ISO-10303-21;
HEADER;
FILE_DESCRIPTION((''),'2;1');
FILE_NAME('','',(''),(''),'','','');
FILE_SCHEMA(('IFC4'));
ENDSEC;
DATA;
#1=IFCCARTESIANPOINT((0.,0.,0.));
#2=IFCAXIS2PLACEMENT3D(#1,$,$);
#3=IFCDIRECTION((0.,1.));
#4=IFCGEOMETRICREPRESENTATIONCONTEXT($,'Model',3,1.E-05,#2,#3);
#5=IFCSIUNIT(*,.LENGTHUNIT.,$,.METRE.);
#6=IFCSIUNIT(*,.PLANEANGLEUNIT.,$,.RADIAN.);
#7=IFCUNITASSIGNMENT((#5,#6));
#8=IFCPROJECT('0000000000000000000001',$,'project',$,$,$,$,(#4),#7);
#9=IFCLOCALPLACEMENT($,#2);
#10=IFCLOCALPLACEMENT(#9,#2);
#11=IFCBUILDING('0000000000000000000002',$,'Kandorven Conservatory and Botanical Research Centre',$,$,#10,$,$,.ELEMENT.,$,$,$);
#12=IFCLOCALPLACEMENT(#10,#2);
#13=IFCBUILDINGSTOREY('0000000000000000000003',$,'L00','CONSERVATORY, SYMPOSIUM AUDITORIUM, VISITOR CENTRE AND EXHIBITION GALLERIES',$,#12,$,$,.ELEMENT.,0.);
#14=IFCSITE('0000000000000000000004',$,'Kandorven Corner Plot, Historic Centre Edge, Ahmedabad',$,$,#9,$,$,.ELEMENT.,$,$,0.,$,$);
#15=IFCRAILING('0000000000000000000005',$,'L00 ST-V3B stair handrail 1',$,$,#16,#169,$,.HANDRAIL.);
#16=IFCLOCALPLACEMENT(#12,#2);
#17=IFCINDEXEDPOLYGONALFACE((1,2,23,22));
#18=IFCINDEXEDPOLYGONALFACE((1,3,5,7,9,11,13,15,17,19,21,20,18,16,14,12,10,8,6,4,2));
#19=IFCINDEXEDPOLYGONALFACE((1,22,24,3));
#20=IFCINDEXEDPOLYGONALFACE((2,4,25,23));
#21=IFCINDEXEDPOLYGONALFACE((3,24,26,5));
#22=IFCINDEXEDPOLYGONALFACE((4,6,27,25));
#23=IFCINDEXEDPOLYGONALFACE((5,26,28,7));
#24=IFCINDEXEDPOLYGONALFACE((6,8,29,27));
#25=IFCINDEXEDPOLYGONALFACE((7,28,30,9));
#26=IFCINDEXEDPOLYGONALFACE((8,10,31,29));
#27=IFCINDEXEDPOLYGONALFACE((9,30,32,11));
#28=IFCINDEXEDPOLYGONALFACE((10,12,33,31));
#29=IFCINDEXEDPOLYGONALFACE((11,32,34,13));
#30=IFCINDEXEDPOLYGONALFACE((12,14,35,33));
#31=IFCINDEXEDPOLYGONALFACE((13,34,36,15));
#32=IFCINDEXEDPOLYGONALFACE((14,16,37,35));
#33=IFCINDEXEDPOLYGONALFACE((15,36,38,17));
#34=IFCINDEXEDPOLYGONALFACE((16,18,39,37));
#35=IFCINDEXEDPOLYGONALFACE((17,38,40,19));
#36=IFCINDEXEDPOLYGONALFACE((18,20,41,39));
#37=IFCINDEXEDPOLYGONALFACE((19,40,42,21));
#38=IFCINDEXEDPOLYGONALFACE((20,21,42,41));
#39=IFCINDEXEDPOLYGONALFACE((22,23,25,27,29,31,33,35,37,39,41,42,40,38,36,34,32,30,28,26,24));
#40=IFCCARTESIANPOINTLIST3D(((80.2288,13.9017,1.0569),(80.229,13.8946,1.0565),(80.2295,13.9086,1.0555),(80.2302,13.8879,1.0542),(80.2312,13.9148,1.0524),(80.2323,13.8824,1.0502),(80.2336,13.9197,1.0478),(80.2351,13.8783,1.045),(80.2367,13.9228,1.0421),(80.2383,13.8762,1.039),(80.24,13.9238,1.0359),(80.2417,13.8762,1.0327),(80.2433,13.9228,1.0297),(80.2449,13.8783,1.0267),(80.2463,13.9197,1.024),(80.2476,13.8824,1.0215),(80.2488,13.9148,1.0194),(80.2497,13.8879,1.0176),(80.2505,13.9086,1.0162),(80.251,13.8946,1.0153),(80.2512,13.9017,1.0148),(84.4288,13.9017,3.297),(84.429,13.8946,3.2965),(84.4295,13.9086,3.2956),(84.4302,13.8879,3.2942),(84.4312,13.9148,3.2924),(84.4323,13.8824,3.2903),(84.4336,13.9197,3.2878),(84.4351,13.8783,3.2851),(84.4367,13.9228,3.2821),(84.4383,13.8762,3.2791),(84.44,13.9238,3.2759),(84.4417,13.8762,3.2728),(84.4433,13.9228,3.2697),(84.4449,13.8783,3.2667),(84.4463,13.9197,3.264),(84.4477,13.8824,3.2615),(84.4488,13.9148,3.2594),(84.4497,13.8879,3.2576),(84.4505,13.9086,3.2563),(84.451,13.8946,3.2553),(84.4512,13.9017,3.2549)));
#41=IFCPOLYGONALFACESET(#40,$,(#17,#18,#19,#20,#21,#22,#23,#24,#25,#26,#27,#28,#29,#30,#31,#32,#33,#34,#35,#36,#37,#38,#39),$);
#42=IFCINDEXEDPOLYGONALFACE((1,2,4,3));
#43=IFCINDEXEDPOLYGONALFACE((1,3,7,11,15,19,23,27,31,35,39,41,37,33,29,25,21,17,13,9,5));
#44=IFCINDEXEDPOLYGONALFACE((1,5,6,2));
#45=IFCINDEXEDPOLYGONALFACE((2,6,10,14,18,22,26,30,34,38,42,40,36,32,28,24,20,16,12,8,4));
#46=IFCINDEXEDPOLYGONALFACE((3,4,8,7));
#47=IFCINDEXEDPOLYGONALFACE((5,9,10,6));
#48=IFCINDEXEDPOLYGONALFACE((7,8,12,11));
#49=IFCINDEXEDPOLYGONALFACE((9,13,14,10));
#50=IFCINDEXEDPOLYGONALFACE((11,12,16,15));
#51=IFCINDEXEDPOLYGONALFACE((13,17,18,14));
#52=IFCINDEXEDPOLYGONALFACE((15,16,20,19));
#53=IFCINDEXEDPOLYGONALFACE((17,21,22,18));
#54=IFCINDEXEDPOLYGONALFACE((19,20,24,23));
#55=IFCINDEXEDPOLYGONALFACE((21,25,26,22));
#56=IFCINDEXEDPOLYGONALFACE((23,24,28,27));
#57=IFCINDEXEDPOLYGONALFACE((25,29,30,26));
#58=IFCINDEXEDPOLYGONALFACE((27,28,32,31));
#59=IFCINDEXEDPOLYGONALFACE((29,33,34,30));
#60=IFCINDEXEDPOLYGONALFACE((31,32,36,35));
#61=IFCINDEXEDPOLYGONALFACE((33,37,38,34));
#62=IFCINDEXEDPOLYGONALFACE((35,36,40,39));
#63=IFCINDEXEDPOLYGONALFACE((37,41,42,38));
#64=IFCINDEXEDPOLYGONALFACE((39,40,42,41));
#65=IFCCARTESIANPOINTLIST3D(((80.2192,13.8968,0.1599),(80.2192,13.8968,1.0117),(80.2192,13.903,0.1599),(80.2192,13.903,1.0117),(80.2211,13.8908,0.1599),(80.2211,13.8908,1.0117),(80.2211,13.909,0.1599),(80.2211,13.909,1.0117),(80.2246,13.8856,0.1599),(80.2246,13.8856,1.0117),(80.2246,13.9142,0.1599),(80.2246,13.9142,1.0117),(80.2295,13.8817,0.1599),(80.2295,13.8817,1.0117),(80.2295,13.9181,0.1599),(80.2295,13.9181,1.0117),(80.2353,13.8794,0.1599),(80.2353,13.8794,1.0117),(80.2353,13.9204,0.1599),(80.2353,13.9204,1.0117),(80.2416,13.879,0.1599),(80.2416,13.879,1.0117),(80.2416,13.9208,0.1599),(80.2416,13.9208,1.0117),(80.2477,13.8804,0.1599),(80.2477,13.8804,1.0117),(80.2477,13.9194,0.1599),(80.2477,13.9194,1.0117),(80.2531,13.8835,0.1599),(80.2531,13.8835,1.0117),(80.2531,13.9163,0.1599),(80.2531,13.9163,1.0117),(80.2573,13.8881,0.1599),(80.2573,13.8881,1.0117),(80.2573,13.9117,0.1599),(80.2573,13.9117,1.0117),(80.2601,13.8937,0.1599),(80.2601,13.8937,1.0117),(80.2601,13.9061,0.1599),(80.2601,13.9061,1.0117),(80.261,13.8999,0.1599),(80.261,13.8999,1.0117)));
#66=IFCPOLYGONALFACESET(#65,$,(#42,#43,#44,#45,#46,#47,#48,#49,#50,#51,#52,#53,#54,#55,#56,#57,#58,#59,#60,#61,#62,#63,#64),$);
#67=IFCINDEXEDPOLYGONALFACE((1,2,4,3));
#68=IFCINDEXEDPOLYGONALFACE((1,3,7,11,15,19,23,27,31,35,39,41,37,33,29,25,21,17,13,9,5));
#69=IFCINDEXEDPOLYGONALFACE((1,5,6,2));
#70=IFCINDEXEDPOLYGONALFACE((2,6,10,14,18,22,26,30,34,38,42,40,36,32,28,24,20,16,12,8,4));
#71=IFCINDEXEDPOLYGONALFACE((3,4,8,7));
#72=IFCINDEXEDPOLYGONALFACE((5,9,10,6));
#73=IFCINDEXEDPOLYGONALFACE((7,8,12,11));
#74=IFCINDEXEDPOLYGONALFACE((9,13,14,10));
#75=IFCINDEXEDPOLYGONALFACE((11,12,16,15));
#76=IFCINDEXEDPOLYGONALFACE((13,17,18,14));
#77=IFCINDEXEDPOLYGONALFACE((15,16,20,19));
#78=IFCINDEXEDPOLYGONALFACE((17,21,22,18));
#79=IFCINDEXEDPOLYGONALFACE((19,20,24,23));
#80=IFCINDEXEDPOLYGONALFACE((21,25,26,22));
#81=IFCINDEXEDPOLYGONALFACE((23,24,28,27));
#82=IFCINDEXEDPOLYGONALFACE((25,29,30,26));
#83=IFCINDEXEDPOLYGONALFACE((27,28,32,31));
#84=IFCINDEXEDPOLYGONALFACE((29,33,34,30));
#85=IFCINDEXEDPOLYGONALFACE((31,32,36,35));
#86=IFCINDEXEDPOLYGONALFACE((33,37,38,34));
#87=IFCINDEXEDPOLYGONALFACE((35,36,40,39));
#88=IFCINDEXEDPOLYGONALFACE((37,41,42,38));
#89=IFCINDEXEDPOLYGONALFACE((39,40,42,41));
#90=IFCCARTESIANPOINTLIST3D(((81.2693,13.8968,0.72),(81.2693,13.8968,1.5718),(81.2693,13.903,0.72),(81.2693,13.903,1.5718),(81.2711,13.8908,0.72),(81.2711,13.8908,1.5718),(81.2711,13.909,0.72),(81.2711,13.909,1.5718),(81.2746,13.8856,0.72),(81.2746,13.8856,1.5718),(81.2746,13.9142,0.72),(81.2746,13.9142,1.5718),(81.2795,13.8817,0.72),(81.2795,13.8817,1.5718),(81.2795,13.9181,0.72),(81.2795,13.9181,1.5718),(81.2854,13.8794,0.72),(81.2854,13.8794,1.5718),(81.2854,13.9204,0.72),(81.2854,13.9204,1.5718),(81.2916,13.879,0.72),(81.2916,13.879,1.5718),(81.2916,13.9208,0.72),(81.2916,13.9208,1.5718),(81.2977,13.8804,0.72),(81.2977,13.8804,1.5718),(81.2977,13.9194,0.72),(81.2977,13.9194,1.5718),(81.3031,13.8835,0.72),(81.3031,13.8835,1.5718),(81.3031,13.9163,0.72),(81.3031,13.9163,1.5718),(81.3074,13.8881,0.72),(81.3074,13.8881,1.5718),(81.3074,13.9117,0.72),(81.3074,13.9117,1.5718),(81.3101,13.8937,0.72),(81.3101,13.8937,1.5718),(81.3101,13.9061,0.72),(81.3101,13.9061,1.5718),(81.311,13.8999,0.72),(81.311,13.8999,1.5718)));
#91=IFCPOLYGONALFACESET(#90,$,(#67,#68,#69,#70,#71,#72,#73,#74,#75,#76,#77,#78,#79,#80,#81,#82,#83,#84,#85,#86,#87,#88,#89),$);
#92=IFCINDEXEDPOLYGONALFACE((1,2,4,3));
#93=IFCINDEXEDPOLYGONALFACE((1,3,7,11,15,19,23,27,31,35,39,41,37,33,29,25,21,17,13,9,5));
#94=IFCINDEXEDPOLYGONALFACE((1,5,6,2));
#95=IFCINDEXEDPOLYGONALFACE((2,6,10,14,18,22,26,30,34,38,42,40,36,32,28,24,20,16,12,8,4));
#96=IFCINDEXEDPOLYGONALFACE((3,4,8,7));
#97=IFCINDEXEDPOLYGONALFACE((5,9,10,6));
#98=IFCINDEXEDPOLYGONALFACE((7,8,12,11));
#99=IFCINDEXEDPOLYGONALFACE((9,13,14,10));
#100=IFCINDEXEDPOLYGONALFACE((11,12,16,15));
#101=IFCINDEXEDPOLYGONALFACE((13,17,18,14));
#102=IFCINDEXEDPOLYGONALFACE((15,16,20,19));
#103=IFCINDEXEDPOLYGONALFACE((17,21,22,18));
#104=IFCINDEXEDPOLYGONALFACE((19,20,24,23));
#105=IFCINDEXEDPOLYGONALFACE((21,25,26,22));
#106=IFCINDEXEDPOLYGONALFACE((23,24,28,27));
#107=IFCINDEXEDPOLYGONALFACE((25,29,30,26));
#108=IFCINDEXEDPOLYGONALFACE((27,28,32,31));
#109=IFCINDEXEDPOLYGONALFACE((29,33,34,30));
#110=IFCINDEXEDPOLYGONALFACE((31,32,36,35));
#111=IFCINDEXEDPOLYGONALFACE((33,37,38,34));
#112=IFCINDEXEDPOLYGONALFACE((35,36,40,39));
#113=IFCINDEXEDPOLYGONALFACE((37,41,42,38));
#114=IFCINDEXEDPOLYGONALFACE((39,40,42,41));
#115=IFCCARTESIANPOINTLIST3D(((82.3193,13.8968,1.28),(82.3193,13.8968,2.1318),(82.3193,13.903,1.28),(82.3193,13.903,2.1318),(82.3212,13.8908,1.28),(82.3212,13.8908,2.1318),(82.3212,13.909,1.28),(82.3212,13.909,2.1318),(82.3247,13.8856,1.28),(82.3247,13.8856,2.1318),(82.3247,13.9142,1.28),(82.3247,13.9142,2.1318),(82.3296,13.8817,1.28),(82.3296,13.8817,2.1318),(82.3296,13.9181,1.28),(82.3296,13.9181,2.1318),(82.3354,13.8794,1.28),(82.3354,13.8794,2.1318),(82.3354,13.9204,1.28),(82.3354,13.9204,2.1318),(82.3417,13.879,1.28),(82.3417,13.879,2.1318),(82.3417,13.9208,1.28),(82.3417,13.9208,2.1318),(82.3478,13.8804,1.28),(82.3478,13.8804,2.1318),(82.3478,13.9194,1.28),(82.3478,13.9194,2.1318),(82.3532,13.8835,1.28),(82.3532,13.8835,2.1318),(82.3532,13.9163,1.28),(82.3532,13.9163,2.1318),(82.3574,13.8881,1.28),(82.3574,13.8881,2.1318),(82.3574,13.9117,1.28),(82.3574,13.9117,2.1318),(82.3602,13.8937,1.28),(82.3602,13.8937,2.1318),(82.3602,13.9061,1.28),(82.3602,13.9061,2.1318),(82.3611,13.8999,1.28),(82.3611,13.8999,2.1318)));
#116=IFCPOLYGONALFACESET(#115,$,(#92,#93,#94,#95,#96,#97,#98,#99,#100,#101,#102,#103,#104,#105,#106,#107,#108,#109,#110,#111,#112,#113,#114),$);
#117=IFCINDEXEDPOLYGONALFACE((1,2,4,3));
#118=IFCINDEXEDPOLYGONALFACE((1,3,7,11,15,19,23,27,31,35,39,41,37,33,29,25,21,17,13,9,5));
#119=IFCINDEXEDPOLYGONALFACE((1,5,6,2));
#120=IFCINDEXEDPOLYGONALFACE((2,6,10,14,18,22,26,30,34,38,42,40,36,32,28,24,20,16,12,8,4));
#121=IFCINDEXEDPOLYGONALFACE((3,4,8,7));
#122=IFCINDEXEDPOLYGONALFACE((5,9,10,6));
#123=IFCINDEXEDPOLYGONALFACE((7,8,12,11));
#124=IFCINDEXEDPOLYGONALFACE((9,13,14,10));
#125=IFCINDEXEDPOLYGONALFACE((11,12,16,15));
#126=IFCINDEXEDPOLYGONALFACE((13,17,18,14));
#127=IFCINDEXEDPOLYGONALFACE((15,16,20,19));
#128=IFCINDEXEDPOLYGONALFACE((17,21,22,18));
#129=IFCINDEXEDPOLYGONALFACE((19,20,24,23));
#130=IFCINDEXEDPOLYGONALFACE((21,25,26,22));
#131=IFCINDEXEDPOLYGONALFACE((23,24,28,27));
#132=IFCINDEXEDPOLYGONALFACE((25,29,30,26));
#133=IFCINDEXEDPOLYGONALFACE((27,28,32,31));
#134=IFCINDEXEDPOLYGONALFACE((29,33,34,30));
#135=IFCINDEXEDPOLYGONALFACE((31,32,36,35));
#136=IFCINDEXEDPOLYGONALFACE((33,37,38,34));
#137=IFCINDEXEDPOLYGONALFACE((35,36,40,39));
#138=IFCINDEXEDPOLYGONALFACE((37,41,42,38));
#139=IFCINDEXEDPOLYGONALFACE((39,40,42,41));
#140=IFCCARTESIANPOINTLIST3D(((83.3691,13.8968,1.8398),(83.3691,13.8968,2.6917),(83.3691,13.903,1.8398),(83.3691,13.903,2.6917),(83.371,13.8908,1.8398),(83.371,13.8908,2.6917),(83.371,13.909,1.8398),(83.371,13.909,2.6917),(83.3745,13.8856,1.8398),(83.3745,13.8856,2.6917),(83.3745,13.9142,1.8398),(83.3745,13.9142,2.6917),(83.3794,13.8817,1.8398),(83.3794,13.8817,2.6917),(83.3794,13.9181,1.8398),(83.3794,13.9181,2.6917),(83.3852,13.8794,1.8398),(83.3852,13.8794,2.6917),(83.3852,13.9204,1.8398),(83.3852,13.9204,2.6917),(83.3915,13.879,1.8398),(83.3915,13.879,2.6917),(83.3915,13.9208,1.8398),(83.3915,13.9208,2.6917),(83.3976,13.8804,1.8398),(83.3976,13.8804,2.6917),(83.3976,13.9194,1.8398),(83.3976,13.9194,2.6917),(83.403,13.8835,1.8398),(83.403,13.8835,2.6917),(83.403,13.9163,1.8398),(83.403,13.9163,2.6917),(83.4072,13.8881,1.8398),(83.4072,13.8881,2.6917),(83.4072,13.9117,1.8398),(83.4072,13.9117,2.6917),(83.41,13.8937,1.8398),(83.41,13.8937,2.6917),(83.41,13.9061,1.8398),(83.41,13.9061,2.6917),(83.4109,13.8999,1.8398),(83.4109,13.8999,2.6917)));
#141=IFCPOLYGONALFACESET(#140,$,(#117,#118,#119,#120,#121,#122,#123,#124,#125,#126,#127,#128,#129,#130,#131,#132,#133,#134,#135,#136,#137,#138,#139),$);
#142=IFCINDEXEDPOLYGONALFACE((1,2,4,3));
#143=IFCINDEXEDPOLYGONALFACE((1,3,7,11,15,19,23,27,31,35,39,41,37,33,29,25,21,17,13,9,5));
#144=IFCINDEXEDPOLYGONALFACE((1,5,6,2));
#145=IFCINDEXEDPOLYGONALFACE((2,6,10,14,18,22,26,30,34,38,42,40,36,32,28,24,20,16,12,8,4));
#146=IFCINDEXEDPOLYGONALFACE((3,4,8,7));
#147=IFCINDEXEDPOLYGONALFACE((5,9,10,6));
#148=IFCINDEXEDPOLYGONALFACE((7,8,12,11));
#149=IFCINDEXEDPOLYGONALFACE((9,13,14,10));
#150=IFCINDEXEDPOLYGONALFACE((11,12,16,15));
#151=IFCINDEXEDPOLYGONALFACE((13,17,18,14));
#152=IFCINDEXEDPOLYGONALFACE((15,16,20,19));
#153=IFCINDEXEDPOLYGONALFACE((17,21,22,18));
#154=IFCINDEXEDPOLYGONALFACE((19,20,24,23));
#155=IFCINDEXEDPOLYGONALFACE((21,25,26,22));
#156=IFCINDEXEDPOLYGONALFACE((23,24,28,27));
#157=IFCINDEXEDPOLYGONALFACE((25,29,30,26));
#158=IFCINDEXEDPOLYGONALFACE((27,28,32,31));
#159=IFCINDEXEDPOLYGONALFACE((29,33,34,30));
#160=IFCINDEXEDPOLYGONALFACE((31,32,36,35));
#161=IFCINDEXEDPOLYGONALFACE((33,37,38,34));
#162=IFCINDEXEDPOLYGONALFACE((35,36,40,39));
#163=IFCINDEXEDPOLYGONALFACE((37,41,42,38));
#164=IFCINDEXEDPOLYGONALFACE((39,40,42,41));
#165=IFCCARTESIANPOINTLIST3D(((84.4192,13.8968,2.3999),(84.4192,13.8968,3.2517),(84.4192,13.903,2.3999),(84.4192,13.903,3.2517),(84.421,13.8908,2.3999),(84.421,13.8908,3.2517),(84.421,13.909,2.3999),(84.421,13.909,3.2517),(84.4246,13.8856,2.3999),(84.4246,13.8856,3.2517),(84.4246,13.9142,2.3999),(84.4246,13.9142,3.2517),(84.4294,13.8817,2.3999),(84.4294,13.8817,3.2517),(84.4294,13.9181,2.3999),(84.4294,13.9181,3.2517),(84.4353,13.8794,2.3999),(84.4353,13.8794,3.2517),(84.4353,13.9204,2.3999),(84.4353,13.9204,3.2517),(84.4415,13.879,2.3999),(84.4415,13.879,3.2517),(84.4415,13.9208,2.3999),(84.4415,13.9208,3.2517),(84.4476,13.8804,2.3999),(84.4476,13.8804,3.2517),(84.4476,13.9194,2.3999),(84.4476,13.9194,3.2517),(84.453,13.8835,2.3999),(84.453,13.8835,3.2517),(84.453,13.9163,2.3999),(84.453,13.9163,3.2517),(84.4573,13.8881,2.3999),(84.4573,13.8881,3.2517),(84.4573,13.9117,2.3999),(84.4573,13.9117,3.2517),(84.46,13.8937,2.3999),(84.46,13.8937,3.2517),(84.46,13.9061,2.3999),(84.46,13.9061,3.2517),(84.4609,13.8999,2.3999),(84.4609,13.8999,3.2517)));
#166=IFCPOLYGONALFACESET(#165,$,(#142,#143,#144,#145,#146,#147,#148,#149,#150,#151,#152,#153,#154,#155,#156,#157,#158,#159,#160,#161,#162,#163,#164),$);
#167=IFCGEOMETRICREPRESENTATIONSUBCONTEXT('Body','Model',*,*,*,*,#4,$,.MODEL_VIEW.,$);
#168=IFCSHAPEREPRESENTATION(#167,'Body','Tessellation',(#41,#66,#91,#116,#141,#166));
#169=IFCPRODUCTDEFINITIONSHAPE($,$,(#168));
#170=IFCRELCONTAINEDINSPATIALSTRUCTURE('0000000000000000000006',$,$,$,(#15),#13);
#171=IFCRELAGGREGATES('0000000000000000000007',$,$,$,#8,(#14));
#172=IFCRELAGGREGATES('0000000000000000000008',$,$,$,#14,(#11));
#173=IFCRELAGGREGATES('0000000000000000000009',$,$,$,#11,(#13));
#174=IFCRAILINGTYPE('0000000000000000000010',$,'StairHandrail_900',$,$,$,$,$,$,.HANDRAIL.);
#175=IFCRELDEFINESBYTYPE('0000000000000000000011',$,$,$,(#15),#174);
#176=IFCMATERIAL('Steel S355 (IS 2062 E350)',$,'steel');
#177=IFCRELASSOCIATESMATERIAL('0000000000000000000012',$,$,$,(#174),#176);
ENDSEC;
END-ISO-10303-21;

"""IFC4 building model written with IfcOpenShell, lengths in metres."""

from ifc_helpers import new_model, si_unit, direction, frame, origin, origin_2d, place, context, subcontext, project, spatial, circle, extrude, material, type_object, element, save


model = new_model("IFC4")

# Units and contexts
model_context = context("Model", 3, precision=1e-05, world=origin(), true_north=direction((0.0, 1.0)))
body_context = subcontext(model_context, "Body", "Model", "MODEL_VIEW")
ifc_project = project(units=[si_unit("LENGTHUNIT", "METRE"), si_unit("PLANEANGLEUNIT", "RADIAN")], contexts=[model_context])

# Site, building, storey
site_placement = place(None, origin())
site = spatial("IfcSite", under=ifc_project, at=site_placement, Name="Kandorven Corner Plot, Historic Centre Edge, Ahmedabad", CompositionType="ELEMENT", RefElevation=0.0)
building_placement = place(site_placement, origin())
building = spatial("IfcBuilding", under=site, at=building_placement, Name="Kandorven Conservatory and Botanical Research Centre", CompositionType="ELEMENT")
storey_placement = place(building_placement, origin())
storey = spatial("IfcBuildingStorey", under=building, at=storey_placement, Name="L00", Description="CONSERVATORY, SYMPOSIUM AUDITORIUM, VISITOR CENTRE AND EXHIBITION GALLERIES", CompositionType="ELEMENT", Elevation=0.0)

# Railing
ifc_material_1 = material(Name="Steel S355 (IS 2062 E350)", Category="steel")
railing_type_1 = type_object("IfcRailingType", Name="StairHandrail_900", PredefinedType="HANDRAIL", material=ifc_material_1)
railing_1_placement = place(storey_placement, frame((80.24, 13.8999, 0.1599)))
element("IfcRailing", 1, at=railing_1_placement, inside=storey, type_object=railing_type_1, Name="L00 ST-V3B stair handrail 1", PredefinedType="HANDRAIL", context=body_context, shape_type="SweptSolid", body=[
    extrude(circle(Radius=0.0239, at=origin_2d()), frame((0.0, 0.0, 0.876), z_axis=(0.882352, 0.0, 0.470591), x_axis=(0.0, 1.0, 0.0)), (0.0, 0.0, 1.0), 4.76),
    extrude(circle(Radius=0.021, at=origin_2d()), origin(), (0.0, 0.0, 1.0), 0.8518),
    extrude(circle(Radius=0.021, at=origin_2d()), frame((1.05, 0.0, 0.5601)), (0.0, 0.0, 1.0), 0.8518),
    extrude(circle(Radius=0.021, at=origin_2d()), frame((2.1001, 0.0, 1.1201)), (0.0, 0.0, 1.0), 0.8518),
    extrude(circle(Radius=0.021, at=origin_2d()), frame((3.1499, 0.0, 1.6799)), (0.0, 0.0, 1.0), 0.8518),
    extrude(circle(Radius=0.021, at=origin_2d()), frame((4.2, 0.0, 2.24)), (0.0, 0.0, 1.0), 0.8518),
])

save(model, "model.ifc")
